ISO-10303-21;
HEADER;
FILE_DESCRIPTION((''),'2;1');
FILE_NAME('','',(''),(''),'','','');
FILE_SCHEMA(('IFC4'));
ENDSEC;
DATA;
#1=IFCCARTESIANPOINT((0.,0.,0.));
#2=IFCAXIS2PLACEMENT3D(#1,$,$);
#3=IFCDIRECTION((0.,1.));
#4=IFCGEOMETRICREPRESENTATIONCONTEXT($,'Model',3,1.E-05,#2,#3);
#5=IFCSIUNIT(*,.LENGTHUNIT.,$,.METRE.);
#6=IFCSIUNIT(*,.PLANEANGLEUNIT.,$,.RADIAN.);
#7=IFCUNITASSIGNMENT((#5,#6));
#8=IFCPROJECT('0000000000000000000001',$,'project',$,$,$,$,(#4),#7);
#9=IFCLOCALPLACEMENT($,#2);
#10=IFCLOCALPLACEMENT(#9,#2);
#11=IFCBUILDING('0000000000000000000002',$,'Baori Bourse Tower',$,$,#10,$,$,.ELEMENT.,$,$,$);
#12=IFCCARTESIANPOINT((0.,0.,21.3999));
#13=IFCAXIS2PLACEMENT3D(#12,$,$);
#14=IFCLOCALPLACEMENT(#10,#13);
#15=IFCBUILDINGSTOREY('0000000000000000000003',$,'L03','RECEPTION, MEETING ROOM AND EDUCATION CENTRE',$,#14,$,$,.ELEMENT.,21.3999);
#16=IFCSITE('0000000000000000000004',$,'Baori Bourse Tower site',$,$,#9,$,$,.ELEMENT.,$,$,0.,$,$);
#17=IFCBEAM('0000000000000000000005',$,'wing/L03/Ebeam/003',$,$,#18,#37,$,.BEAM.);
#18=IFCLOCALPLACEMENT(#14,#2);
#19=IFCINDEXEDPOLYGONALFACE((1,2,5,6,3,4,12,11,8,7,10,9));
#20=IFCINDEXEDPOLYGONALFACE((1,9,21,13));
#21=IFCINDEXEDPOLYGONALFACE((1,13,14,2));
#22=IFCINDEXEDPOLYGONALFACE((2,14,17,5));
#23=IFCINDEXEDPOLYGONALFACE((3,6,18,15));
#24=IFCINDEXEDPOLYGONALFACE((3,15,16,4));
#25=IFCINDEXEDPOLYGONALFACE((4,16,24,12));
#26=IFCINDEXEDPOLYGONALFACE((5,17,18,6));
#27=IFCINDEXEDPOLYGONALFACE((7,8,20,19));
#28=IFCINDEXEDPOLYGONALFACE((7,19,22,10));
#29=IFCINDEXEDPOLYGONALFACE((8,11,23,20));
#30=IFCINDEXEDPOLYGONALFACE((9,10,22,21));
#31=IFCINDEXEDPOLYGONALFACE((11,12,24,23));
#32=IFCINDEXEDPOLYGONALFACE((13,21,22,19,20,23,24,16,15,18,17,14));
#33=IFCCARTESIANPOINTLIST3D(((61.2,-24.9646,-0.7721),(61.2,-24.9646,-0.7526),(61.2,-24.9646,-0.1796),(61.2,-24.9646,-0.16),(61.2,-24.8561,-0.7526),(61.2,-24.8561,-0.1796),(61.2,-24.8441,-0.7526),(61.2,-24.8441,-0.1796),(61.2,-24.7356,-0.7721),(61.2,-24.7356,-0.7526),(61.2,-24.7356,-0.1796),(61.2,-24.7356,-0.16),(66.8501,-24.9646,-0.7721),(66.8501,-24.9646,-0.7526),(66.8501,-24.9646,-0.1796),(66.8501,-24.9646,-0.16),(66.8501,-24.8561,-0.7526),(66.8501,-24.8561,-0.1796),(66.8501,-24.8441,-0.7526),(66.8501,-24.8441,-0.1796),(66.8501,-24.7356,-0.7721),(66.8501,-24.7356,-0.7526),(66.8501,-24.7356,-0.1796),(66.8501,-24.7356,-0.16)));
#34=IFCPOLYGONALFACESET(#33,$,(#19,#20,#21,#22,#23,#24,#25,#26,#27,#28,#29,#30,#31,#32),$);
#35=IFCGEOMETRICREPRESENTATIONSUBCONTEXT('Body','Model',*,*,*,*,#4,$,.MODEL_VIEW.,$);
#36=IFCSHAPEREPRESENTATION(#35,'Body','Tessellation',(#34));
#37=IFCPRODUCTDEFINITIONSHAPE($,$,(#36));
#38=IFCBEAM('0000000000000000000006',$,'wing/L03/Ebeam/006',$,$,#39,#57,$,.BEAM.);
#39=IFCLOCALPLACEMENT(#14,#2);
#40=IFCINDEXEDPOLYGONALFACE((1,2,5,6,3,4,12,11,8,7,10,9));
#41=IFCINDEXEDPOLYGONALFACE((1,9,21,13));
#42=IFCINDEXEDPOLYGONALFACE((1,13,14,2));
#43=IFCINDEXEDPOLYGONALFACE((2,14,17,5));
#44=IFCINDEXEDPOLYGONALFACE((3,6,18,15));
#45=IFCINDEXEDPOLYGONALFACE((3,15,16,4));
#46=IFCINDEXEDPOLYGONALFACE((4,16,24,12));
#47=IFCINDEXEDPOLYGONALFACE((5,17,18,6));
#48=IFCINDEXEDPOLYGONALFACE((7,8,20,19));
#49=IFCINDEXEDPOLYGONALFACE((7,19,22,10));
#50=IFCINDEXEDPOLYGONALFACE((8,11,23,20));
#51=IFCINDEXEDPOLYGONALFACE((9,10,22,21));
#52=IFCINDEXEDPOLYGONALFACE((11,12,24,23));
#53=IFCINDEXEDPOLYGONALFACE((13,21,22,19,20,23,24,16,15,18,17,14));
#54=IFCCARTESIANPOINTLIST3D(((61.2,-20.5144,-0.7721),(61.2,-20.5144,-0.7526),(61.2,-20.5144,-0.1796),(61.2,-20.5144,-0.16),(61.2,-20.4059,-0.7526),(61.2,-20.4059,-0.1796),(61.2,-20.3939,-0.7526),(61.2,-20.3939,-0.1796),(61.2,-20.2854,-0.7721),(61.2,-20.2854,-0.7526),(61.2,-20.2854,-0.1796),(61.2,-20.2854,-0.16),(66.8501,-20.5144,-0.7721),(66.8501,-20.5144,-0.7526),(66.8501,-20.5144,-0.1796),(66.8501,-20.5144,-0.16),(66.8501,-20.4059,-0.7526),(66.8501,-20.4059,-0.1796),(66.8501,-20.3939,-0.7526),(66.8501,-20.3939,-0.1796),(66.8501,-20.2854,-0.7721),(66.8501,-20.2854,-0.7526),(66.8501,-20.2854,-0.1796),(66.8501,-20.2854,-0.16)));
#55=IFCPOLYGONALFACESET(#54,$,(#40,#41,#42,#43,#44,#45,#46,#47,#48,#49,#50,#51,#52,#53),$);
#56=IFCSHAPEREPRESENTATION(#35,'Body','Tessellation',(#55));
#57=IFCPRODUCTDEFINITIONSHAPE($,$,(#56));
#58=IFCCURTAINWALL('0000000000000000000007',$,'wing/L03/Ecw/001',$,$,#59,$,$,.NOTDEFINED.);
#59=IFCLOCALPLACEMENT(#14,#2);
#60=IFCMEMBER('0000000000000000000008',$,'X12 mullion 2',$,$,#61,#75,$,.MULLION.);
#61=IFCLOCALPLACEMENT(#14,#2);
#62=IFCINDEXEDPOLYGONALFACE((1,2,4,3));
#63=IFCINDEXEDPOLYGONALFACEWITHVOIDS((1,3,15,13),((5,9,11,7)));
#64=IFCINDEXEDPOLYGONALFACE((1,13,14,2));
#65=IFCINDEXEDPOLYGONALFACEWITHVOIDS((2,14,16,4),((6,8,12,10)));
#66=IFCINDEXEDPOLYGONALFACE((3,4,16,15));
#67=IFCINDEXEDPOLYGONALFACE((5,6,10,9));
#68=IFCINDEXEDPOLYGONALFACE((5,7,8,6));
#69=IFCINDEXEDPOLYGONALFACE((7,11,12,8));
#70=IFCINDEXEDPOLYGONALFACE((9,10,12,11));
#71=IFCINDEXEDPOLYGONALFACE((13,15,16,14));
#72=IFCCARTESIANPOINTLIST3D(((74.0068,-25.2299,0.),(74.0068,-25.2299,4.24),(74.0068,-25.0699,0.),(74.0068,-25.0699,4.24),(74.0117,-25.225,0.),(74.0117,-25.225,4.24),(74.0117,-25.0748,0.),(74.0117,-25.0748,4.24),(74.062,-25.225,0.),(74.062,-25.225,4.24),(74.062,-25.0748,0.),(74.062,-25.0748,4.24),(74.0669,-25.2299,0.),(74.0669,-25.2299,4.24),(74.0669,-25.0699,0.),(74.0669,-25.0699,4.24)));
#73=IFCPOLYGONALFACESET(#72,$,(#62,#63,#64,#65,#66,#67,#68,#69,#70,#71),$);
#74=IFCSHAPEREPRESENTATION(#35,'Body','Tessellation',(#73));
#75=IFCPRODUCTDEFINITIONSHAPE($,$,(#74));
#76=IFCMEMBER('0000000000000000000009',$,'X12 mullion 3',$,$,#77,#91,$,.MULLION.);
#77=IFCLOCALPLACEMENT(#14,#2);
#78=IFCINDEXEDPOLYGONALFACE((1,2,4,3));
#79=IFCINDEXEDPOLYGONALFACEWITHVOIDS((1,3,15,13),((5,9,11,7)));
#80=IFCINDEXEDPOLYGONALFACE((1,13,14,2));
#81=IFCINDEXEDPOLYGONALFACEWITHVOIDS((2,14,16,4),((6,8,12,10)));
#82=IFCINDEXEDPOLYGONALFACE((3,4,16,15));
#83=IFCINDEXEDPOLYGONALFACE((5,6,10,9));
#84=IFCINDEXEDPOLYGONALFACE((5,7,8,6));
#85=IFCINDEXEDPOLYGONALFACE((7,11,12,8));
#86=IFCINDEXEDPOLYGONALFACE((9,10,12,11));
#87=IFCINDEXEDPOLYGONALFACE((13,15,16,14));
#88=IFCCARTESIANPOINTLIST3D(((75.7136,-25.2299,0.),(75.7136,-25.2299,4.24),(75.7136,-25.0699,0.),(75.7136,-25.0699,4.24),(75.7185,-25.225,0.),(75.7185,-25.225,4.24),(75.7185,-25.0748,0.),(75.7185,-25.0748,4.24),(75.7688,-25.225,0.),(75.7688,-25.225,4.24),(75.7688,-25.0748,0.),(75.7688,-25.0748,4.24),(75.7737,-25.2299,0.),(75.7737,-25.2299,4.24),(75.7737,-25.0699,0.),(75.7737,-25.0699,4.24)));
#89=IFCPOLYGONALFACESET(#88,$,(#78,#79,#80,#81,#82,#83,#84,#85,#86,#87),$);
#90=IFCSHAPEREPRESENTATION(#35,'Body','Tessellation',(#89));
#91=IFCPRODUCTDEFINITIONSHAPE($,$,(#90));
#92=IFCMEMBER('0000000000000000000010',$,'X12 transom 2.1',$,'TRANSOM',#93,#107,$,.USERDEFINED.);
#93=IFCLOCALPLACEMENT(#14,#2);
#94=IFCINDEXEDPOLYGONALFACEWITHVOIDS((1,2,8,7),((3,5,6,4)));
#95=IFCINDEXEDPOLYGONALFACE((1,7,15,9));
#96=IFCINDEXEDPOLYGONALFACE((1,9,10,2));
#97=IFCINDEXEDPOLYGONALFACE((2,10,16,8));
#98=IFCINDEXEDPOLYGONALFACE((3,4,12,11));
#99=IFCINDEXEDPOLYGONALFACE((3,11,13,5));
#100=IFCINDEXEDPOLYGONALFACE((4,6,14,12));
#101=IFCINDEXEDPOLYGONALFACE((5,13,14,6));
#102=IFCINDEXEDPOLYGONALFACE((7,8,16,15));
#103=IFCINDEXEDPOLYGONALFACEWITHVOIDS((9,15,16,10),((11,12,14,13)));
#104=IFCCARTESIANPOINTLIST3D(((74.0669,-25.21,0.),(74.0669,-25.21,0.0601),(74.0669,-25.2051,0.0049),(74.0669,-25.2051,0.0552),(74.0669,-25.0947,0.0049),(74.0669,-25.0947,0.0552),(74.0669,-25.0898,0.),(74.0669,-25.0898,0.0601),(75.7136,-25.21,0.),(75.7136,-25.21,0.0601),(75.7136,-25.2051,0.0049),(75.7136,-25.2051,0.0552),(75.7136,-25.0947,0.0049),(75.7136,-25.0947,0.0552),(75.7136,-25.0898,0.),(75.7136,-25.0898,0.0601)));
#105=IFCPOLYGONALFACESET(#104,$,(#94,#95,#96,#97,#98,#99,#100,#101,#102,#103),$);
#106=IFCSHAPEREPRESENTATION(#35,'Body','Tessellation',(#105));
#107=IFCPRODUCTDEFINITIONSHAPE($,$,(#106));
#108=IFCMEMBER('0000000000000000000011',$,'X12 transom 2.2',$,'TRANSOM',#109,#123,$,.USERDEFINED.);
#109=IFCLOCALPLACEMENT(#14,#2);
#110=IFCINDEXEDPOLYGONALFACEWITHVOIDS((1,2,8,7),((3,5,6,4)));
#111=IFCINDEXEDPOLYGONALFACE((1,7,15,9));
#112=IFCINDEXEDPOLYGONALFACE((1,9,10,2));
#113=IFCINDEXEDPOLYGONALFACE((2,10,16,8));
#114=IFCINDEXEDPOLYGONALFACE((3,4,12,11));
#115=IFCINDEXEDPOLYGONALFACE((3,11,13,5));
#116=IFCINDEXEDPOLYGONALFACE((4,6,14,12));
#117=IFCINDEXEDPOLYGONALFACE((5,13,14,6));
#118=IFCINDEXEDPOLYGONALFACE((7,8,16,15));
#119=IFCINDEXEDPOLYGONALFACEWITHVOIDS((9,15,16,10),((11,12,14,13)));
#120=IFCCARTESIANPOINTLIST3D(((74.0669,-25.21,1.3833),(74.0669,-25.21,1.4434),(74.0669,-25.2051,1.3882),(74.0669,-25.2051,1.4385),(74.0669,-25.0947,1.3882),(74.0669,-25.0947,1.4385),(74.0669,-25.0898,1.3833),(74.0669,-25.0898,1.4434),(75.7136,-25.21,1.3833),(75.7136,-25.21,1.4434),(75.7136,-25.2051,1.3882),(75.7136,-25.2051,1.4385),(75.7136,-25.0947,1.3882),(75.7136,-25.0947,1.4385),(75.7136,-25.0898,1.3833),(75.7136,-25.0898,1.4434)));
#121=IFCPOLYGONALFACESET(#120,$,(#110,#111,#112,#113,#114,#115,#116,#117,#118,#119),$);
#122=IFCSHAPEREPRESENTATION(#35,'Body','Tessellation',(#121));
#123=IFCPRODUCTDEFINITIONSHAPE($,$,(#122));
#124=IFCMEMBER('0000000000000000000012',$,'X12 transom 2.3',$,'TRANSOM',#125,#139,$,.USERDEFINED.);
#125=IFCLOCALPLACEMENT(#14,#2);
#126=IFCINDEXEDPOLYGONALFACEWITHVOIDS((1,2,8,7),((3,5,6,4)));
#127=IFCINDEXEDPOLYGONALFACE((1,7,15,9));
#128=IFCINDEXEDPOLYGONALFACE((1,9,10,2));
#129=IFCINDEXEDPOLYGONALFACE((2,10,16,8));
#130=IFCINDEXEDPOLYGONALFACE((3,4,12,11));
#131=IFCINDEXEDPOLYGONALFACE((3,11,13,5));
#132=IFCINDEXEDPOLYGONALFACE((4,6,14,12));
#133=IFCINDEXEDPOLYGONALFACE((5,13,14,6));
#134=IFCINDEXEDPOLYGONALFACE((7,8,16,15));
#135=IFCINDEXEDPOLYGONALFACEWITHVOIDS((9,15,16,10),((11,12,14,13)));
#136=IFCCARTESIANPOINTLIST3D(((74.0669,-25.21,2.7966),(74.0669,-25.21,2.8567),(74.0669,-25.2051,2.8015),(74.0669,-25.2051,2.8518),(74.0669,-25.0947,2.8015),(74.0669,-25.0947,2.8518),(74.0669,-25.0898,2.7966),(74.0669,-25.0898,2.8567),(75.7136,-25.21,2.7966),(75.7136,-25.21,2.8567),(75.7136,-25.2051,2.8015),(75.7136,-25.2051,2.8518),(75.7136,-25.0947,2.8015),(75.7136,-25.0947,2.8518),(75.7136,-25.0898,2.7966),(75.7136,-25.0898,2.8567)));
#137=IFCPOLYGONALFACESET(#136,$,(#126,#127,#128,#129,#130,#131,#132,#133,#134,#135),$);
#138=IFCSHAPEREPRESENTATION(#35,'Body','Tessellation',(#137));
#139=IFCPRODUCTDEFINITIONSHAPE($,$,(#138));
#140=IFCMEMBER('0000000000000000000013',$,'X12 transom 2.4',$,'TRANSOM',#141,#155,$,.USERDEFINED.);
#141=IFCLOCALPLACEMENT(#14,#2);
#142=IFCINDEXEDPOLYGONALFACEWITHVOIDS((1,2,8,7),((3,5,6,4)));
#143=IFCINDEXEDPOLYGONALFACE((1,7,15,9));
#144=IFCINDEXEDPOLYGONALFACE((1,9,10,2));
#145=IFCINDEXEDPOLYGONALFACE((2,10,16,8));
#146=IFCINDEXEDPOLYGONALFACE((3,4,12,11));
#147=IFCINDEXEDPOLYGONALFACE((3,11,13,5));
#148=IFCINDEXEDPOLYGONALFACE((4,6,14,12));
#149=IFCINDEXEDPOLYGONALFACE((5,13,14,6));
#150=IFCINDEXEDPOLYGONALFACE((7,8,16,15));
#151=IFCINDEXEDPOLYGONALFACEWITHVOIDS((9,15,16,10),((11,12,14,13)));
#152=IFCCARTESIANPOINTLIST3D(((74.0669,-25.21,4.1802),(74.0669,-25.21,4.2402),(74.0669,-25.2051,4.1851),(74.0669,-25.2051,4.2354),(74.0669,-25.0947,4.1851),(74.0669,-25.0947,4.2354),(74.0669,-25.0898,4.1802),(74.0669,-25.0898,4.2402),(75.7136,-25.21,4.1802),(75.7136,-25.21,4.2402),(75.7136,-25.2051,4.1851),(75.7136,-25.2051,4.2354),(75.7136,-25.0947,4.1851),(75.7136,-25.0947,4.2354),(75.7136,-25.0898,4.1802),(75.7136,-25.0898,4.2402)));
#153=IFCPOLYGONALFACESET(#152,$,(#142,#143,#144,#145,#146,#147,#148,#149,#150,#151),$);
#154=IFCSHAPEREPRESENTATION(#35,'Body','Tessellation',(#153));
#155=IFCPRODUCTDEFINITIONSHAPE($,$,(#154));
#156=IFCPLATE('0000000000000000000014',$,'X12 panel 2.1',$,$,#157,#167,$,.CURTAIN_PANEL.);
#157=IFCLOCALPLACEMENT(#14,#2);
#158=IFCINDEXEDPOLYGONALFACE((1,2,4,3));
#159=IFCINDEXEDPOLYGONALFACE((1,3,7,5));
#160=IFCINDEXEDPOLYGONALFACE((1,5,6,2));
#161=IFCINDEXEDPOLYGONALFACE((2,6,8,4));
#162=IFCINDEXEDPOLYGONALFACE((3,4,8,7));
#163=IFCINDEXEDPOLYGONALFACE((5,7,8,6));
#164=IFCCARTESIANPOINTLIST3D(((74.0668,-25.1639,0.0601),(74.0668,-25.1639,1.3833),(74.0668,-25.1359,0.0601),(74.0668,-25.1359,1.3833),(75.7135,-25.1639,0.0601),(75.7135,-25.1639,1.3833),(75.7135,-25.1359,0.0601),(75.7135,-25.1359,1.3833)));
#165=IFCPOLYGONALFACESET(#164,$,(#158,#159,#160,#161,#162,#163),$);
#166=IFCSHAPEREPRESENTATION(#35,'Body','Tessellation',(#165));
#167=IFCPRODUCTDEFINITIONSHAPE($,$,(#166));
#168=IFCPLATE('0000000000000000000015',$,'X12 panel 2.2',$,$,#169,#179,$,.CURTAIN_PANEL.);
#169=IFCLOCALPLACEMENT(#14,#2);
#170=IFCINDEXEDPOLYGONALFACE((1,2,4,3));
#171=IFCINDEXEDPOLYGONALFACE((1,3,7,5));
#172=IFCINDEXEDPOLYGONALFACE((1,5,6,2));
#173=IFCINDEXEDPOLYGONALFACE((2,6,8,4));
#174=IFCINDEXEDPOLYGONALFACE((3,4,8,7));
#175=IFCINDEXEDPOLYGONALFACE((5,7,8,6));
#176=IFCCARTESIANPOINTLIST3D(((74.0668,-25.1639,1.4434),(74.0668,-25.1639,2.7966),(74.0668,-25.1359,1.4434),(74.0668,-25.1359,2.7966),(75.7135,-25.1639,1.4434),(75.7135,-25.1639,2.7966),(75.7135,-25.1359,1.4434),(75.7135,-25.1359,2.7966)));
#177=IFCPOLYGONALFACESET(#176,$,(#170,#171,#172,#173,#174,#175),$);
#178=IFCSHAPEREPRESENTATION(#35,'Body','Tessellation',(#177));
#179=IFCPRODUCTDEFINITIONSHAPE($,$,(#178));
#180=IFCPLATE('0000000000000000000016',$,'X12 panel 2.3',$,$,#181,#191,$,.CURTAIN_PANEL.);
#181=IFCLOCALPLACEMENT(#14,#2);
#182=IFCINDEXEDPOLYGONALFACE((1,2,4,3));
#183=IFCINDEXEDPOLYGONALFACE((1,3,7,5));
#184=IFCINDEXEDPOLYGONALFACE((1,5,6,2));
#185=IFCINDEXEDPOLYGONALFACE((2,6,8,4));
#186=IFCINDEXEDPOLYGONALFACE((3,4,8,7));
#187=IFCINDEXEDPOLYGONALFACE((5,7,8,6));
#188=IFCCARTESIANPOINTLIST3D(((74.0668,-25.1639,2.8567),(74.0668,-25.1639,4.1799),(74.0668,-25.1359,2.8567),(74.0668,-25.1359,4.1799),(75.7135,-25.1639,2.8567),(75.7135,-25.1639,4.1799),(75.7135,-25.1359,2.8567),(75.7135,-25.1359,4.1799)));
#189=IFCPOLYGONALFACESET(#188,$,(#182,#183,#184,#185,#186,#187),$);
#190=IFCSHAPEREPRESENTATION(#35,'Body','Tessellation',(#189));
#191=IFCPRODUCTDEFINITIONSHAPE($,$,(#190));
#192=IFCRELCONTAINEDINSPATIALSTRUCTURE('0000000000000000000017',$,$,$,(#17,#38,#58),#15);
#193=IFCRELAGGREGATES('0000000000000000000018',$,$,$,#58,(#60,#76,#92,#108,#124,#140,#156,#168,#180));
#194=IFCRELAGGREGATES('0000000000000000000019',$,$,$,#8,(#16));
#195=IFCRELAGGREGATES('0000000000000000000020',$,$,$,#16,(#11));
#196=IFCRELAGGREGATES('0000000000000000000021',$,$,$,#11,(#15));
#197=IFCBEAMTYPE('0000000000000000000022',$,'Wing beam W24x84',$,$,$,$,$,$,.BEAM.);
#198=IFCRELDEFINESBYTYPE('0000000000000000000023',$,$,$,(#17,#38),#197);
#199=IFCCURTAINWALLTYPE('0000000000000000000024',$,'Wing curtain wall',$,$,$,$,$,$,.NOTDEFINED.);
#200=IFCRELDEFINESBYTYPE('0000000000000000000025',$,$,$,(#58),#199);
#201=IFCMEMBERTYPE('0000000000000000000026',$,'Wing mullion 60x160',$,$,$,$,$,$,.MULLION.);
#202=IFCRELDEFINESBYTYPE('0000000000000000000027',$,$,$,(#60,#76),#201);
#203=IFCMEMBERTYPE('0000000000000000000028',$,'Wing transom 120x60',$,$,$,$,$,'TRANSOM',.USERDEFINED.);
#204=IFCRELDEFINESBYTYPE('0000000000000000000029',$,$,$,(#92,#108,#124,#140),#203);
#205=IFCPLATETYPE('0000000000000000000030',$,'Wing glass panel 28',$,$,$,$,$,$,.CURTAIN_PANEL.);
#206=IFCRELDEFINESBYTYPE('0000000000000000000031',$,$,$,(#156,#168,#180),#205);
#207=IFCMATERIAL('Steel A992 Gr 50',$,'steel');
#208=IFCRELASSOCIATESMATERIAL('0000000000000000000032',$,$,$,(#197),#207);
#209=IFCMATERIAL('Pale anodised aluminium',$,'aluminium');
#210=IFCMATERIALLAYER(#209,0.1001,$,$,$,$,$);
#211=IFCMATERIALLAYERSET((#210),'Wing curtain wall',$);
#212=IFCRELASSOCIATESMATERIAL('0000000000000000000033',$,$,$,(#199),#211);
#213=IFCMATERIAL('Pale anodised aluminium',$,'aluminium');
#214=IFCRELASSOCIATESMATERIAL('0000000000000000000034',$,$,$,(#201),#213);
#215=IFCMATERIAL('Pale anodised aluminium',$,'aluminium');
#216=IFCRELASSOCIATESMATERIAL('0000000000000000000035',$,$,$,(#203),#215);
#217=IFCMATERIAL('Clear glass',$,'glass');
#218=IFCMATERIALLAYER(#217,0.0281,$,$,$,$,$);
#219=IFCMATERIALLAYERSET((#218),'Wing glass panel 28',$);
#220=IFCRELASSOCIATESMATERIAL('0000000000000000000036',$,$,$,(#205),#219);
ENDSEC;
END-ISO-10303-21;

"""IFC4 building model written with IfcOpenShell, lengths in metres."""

from ifc_helpers import new_model, si_unit, direction, frame, origin, origin_2d, place, context, subcontext, project, spatial, rectangle, hollow_rectangle, i_section, extrude, material, layer, layer_set, material_profile, profile_set, type_object, element, aggregate, save


model = new_model("IFC4")

# Units and contexts
model_context = context("Model", 3, precision=1e-05, world=origin(), true_north=direction((0.0, 1.0)))
body_context = subcontext(model_context, "Body", "Model", "MODEL_VIEW")
ifc_project = project(units=[si_unit("LENGTHUNIT", "METRE"), si_unit("PLANEANGLEUNIT", "RADIAN")], contexts=[model_context])

# Site, building, storey
site_placement = place(None, origin())
site = spatial("IfcSite", under=ifc_project, at=site_placement, Name="Baori Bourse Tower site", CompositionType="ELEMENT", RefElevation=0.0)
building_placement = place(site_placement, origin())
building = spatial("IfcBuilding", under=site, at=building_placement, Name="Baori Bourse Tower", CompositionType="ELEMENT")
storey_placement = place(building_placement, frame((0.0, 0.0, 21.3999)))
storey = spatial("IfcBuildingStorey", under=building, at=storey_placement, Name="L03", Description="RECEPTION, MEETING ROOM AND EDUCATION CENTRE", CompositionType="ELEMENT", Elevation=21.3999)

# Beams
ifc_material_1 = material(Name="Steel A992 Gr 50", Category="steel")
ifc_material_profile_1 = material_profile(ifc_material_1, i_section(OverallWidth=0.229, OverallDepth=0.6121, WebThickness=0.012, FlangeThickness=0.0195, at=origin_2d()), Name="W24x84")
ifc_profile_set_1 = profile_set([ifc_material_profile_1], Name="Steel A992 Gr 50")
beam_type_1 = type_object("IfcBeamType", Name="Wing beam W24x84", PredefinedType="BEAM", material=ifc_profile_set_1)
for number, where, z_axis, x_axis, name in (
    (1, (66.8501, -24.8501, -0.4661), (-1.0, 0.0, 0.0), (0.0, -1.0, 0.0), "wing/L03/Ebeam/003"),
    (2, (66.8501, -20.3999, -0.4661), (-1.0, 0.0, 0.0), (0.0, -1.0, 0.0), "wing/L03/Ebeam/006"),
):
    element("IfcBeam", number, at=place(storey_placement, frame(where, z_axis=z_axis, x_axis=x_axis)), inside=storey, type_object=beam_type_1, Name=name, PredefinedType="BEAM", context=body_context, shape_type="SweptSolid", body=[
        extrude(i_section(OverallWidth=0.229, OverallDepth=0.6121, WebThickness=0.012, FlangeThickness=0.0195, at=origin_2d()), origin(), (0.0, 0.0, 1.0), 5.6501),
    ])

# Curtain wall, members, plates
ifc_material_2 = material(Name="Pale anodised aluminium", Category="aluminium")
ifc_layer_1 = layer(ifc_material_2, 0.1001)
ifc_layer_set_1 = layer_set([ifc_layer_1], Name="Wing curtain wall")
curtain_wall_type = type_object("IfcCurtainWallType", Name="Wing curtain wall", PredefinedType="NOTDEFINED", material=ifc_layer_set_1)
curtain_wall_placement = place(storey_placement, origin())
curtain_wall = element("IfcCurtainWall", 3, at=curtain_wall_placement, inside=storey, type_object=curtain_wall_type, Name="wing/L03/Ecw/001", PredefinedType="NOTDEFINED")
ifc_material_3 = material(Name="Pale anodised aluminium", Category="aluminium")
ifc_material_profile_2 = material_profile(ifc_material_3, hollow_rectangle(XDim=0.1599, YDim=0.0601, WallThickness=0.0049, at=origin_2d()), Name="Mullion 160x60x5")
ifc_profile_set_2 = profile_set([ifc_material_profile_2], Name="Pale anodised aluminium")
member_type_1 = type_object("IfcMemberType", Name="Wing mullion 60x160", PredefinedType="MULLION", material=ifc_profile_set_2)
member_1_placement = place(storey_placement, frame((74.0369, -25.1499, 0.0), z_axis=(0.0, 0.0, 1.0), x_axis=(0.0, 1.0, 0.0)))
member_1 = element("IfcMember", 4, at=member_1_placement, type_object=member_type_1, Name="X12 mullion 2", PredefinedType="MULLION", context=body_context, shape_type="SweptSolid", body=[
    extrude(hollow_rectangle(XDim=0.1599, YDim=0.0601, WallThickness=0.0049, at=origin_2d()), origin(), (0.0, 0.0, 1.0), 4.24),
])
member_2_placement = place(storey_placement, frame((75.7437, -25.1499, 0.0), z_axis=(0.0, 0.0, 1.0), x_axis=(0.0, 1.0, 0.0)))
member_2 = element("IfcMember", 5, at=member_2_placement, type_object=member_type_1, Name="X12 mullion 3", PredefinedType="MULLION", context=body_context, shape_type="SweptSolid", body=[
    extrude(hollow_rectangle(XDim=0.1599, YDim=0.0601, WallThickness=0.0049, at=origin_2d()), origin(), (0.0, 0.0, 1.0), 4.24),
])
ifc_material_4 = material(Name="Pale anodised aluminium", Category="aluminium")
ifc_material_profile_3 = material_profile(ifc_material_4, hollow_rectangle(XDim=0.1201, YDim=0.0601, WallThickness=0.0049, at=origin_2d()), Name="Transom 120x60x5")
ifc_profile_set_3 = profile_set([ifc_material_profile_3], Name="Pale anodised aluminium")
member_type_2 = type_object("IfcMemberType", Name="Wing transom 120x60", ElementType="TRANSOM", PredefinedType="USERDEFINED", material=ifc_profile_set_3)
member_3_placement = place(storey_placement, frame((74.0669, -25.1499, 0.03), z_axis=(1.0, 0.0, 0.0), x_axis=(0.0, 1.0, 0.0)))
member_3 = element("IfcMember", 6, at=member_3_placement, type_object=member_type_2, Name="X12 transom 2.1", ObjectType="TRANSOM", PredefinedType="USERDEFINED", context=body_context, shape_type="SweptSolid", body=[
    extrude(hollow_rectangle(XDim=0.1201, YDim=0.0601, WallThickness=0.0049, at=origin_2d()), origin(), (0.0, 0.0, 1.0), 1.6467),
])
member_4_placement = place(storey_placement, frame((74.0669, -25.1499, 1.4133), z_axis=(1.0, 0.0, 0.0), x_axis=(0.0, 1.0, 0.0)))
member_4 = element("IfcMember", 7, at=member_4_placement, type_object=member_type_2, Name="X12 transom 2.2", ObjectType="TRANSOM", PredefinedType="USERDEFINED", context=body_context, shape_type="SweptSolid", body=[
    extrude(hollow_rectangle(XDim=0.1201, YDim=0.0601, WallThickness=0.0049, at=origin_2d()), origin(), (0.0, 0.0, 1.0), 1.6467),
])
member_5_placement = place(storey_placement, frame((74.0669, -25.1499, 2.8267), z_axis=(1.0, 0.0, 0.0), x_axis=(0.0, 1.0, 0.0)))
member_5 = element("IfcMember", 8, at=member_5_placement, type_object=member_type_2, Name="X12 transom 2.3", ObjectType="TRANSOM", PredefinedType="USERDEFINED", context=body_context, shape_type="SweptSolid", body=[
    extrude(hollow_rectangle(XDim=0.1201, YDim=0.0601, WallThickness=0.0049, at=origin_2d()), origin(), (0.0, 0.0, 1.0), 1.6467),
])
member_6_placement = place(storey_placement, frame((74.0669, -25.1499, 4.2102), z_axis=(1.0, 0.0, 0.0), x_axis=(0.0, 1.0, 0.0)))
member_6 = element("IfcMember", 9, at=member_6_placement, type_object=member_type_2, Name="X12 transom 2.4", ObjectType="TRANSOM", PredefinedType="USERDEFINED", context=body_context, shape_type="SweptSolid", body=[
    extrude(hollow_rectangle(XDim=0.1201, YDim=0.0601, WallThickness=0.0049, at=origin_2d()), origin(), (0.0, 0.0, 1.0), 1.6467),
])
ifc_material_5 = material(Name="Clear glass", Category="glass")
ifc_layer_2 = layer(ifc_material_5, 0.0281)
ifc_layer_set_2 = layer_set([ifc_layer_2], Name="Wing glass panel 28")
plate_type = type_object("IfcPlateType", Name="Wing glass panel 28", PredefinedType="CURTAIN_PANEL", material=ifc_layer_set_2)
plate_1_placement = place(storey_placement, frame((74.8901, -25.1499, 0.0601), z_axis=(0.0, 0.0, 1.0), x_axis=(1.0, 0.0, 0.0)))
plate_1 = element("IfcPlate", 10, at=plate_1_placement, type_object=plate_type, Name="X12 panel 2.1", PredefinedType="CURTAIN_PANEL", context=body_context, shape_type="SweptSolid", body=[
    extrude(rectangle(XDim=1.6467, YDim=0.0281, at=origin_2d()), origin(), (0.0, 0.0, 1.0), 1.3232),
])
plate_2_placement = place(storey_placement, frame((74.8901, -25.1499, 1.4434), z_axis=(0.0, 0.0, 1.0), x_axis=(1.0, 0.0, 0.0)))
plate_2 = element("IfcPlate", 11, at=plate_2_placement, type_object=plate_type, Name="X12 panel 2.2", PredefinedType="CURTAIN_PANEL", context=body_context, shape_type="SweptSolid", body=[
    extrude(rectangle(XDim=1.6467, YDim=0.0281, at=origin_2d()), origin(), (0.0, 0.0, 1.0), 1.3533),
])
plate_3_placement = place(storey_placement, frame((74.8901, -25.1499, 2.8567), z_axis=(0.0, 0.0, 1.0), x_axis=(1.0, 0.0, 0.0)))
plate_3 = element("IfcPlate", 12, at=plate_3_placement, type_object=plate_type, Name="X12 panel 2.3", PredefinedType="CURTAIN_PANEL", context=body_context, shape_type="SweptSolid", body=[
    extrude(rectangle(XDim=1.6467, YDim=0.0281, at=origin_2d()), origin(), (0.0, 0.0, 1.0), 1.3232),
])
aggregate(curtain_wall, [member_1, member_2, member_3, member_4, member_5, member_6, plate_1, plate_2, plate_3])

save(model, "model.ifc")
